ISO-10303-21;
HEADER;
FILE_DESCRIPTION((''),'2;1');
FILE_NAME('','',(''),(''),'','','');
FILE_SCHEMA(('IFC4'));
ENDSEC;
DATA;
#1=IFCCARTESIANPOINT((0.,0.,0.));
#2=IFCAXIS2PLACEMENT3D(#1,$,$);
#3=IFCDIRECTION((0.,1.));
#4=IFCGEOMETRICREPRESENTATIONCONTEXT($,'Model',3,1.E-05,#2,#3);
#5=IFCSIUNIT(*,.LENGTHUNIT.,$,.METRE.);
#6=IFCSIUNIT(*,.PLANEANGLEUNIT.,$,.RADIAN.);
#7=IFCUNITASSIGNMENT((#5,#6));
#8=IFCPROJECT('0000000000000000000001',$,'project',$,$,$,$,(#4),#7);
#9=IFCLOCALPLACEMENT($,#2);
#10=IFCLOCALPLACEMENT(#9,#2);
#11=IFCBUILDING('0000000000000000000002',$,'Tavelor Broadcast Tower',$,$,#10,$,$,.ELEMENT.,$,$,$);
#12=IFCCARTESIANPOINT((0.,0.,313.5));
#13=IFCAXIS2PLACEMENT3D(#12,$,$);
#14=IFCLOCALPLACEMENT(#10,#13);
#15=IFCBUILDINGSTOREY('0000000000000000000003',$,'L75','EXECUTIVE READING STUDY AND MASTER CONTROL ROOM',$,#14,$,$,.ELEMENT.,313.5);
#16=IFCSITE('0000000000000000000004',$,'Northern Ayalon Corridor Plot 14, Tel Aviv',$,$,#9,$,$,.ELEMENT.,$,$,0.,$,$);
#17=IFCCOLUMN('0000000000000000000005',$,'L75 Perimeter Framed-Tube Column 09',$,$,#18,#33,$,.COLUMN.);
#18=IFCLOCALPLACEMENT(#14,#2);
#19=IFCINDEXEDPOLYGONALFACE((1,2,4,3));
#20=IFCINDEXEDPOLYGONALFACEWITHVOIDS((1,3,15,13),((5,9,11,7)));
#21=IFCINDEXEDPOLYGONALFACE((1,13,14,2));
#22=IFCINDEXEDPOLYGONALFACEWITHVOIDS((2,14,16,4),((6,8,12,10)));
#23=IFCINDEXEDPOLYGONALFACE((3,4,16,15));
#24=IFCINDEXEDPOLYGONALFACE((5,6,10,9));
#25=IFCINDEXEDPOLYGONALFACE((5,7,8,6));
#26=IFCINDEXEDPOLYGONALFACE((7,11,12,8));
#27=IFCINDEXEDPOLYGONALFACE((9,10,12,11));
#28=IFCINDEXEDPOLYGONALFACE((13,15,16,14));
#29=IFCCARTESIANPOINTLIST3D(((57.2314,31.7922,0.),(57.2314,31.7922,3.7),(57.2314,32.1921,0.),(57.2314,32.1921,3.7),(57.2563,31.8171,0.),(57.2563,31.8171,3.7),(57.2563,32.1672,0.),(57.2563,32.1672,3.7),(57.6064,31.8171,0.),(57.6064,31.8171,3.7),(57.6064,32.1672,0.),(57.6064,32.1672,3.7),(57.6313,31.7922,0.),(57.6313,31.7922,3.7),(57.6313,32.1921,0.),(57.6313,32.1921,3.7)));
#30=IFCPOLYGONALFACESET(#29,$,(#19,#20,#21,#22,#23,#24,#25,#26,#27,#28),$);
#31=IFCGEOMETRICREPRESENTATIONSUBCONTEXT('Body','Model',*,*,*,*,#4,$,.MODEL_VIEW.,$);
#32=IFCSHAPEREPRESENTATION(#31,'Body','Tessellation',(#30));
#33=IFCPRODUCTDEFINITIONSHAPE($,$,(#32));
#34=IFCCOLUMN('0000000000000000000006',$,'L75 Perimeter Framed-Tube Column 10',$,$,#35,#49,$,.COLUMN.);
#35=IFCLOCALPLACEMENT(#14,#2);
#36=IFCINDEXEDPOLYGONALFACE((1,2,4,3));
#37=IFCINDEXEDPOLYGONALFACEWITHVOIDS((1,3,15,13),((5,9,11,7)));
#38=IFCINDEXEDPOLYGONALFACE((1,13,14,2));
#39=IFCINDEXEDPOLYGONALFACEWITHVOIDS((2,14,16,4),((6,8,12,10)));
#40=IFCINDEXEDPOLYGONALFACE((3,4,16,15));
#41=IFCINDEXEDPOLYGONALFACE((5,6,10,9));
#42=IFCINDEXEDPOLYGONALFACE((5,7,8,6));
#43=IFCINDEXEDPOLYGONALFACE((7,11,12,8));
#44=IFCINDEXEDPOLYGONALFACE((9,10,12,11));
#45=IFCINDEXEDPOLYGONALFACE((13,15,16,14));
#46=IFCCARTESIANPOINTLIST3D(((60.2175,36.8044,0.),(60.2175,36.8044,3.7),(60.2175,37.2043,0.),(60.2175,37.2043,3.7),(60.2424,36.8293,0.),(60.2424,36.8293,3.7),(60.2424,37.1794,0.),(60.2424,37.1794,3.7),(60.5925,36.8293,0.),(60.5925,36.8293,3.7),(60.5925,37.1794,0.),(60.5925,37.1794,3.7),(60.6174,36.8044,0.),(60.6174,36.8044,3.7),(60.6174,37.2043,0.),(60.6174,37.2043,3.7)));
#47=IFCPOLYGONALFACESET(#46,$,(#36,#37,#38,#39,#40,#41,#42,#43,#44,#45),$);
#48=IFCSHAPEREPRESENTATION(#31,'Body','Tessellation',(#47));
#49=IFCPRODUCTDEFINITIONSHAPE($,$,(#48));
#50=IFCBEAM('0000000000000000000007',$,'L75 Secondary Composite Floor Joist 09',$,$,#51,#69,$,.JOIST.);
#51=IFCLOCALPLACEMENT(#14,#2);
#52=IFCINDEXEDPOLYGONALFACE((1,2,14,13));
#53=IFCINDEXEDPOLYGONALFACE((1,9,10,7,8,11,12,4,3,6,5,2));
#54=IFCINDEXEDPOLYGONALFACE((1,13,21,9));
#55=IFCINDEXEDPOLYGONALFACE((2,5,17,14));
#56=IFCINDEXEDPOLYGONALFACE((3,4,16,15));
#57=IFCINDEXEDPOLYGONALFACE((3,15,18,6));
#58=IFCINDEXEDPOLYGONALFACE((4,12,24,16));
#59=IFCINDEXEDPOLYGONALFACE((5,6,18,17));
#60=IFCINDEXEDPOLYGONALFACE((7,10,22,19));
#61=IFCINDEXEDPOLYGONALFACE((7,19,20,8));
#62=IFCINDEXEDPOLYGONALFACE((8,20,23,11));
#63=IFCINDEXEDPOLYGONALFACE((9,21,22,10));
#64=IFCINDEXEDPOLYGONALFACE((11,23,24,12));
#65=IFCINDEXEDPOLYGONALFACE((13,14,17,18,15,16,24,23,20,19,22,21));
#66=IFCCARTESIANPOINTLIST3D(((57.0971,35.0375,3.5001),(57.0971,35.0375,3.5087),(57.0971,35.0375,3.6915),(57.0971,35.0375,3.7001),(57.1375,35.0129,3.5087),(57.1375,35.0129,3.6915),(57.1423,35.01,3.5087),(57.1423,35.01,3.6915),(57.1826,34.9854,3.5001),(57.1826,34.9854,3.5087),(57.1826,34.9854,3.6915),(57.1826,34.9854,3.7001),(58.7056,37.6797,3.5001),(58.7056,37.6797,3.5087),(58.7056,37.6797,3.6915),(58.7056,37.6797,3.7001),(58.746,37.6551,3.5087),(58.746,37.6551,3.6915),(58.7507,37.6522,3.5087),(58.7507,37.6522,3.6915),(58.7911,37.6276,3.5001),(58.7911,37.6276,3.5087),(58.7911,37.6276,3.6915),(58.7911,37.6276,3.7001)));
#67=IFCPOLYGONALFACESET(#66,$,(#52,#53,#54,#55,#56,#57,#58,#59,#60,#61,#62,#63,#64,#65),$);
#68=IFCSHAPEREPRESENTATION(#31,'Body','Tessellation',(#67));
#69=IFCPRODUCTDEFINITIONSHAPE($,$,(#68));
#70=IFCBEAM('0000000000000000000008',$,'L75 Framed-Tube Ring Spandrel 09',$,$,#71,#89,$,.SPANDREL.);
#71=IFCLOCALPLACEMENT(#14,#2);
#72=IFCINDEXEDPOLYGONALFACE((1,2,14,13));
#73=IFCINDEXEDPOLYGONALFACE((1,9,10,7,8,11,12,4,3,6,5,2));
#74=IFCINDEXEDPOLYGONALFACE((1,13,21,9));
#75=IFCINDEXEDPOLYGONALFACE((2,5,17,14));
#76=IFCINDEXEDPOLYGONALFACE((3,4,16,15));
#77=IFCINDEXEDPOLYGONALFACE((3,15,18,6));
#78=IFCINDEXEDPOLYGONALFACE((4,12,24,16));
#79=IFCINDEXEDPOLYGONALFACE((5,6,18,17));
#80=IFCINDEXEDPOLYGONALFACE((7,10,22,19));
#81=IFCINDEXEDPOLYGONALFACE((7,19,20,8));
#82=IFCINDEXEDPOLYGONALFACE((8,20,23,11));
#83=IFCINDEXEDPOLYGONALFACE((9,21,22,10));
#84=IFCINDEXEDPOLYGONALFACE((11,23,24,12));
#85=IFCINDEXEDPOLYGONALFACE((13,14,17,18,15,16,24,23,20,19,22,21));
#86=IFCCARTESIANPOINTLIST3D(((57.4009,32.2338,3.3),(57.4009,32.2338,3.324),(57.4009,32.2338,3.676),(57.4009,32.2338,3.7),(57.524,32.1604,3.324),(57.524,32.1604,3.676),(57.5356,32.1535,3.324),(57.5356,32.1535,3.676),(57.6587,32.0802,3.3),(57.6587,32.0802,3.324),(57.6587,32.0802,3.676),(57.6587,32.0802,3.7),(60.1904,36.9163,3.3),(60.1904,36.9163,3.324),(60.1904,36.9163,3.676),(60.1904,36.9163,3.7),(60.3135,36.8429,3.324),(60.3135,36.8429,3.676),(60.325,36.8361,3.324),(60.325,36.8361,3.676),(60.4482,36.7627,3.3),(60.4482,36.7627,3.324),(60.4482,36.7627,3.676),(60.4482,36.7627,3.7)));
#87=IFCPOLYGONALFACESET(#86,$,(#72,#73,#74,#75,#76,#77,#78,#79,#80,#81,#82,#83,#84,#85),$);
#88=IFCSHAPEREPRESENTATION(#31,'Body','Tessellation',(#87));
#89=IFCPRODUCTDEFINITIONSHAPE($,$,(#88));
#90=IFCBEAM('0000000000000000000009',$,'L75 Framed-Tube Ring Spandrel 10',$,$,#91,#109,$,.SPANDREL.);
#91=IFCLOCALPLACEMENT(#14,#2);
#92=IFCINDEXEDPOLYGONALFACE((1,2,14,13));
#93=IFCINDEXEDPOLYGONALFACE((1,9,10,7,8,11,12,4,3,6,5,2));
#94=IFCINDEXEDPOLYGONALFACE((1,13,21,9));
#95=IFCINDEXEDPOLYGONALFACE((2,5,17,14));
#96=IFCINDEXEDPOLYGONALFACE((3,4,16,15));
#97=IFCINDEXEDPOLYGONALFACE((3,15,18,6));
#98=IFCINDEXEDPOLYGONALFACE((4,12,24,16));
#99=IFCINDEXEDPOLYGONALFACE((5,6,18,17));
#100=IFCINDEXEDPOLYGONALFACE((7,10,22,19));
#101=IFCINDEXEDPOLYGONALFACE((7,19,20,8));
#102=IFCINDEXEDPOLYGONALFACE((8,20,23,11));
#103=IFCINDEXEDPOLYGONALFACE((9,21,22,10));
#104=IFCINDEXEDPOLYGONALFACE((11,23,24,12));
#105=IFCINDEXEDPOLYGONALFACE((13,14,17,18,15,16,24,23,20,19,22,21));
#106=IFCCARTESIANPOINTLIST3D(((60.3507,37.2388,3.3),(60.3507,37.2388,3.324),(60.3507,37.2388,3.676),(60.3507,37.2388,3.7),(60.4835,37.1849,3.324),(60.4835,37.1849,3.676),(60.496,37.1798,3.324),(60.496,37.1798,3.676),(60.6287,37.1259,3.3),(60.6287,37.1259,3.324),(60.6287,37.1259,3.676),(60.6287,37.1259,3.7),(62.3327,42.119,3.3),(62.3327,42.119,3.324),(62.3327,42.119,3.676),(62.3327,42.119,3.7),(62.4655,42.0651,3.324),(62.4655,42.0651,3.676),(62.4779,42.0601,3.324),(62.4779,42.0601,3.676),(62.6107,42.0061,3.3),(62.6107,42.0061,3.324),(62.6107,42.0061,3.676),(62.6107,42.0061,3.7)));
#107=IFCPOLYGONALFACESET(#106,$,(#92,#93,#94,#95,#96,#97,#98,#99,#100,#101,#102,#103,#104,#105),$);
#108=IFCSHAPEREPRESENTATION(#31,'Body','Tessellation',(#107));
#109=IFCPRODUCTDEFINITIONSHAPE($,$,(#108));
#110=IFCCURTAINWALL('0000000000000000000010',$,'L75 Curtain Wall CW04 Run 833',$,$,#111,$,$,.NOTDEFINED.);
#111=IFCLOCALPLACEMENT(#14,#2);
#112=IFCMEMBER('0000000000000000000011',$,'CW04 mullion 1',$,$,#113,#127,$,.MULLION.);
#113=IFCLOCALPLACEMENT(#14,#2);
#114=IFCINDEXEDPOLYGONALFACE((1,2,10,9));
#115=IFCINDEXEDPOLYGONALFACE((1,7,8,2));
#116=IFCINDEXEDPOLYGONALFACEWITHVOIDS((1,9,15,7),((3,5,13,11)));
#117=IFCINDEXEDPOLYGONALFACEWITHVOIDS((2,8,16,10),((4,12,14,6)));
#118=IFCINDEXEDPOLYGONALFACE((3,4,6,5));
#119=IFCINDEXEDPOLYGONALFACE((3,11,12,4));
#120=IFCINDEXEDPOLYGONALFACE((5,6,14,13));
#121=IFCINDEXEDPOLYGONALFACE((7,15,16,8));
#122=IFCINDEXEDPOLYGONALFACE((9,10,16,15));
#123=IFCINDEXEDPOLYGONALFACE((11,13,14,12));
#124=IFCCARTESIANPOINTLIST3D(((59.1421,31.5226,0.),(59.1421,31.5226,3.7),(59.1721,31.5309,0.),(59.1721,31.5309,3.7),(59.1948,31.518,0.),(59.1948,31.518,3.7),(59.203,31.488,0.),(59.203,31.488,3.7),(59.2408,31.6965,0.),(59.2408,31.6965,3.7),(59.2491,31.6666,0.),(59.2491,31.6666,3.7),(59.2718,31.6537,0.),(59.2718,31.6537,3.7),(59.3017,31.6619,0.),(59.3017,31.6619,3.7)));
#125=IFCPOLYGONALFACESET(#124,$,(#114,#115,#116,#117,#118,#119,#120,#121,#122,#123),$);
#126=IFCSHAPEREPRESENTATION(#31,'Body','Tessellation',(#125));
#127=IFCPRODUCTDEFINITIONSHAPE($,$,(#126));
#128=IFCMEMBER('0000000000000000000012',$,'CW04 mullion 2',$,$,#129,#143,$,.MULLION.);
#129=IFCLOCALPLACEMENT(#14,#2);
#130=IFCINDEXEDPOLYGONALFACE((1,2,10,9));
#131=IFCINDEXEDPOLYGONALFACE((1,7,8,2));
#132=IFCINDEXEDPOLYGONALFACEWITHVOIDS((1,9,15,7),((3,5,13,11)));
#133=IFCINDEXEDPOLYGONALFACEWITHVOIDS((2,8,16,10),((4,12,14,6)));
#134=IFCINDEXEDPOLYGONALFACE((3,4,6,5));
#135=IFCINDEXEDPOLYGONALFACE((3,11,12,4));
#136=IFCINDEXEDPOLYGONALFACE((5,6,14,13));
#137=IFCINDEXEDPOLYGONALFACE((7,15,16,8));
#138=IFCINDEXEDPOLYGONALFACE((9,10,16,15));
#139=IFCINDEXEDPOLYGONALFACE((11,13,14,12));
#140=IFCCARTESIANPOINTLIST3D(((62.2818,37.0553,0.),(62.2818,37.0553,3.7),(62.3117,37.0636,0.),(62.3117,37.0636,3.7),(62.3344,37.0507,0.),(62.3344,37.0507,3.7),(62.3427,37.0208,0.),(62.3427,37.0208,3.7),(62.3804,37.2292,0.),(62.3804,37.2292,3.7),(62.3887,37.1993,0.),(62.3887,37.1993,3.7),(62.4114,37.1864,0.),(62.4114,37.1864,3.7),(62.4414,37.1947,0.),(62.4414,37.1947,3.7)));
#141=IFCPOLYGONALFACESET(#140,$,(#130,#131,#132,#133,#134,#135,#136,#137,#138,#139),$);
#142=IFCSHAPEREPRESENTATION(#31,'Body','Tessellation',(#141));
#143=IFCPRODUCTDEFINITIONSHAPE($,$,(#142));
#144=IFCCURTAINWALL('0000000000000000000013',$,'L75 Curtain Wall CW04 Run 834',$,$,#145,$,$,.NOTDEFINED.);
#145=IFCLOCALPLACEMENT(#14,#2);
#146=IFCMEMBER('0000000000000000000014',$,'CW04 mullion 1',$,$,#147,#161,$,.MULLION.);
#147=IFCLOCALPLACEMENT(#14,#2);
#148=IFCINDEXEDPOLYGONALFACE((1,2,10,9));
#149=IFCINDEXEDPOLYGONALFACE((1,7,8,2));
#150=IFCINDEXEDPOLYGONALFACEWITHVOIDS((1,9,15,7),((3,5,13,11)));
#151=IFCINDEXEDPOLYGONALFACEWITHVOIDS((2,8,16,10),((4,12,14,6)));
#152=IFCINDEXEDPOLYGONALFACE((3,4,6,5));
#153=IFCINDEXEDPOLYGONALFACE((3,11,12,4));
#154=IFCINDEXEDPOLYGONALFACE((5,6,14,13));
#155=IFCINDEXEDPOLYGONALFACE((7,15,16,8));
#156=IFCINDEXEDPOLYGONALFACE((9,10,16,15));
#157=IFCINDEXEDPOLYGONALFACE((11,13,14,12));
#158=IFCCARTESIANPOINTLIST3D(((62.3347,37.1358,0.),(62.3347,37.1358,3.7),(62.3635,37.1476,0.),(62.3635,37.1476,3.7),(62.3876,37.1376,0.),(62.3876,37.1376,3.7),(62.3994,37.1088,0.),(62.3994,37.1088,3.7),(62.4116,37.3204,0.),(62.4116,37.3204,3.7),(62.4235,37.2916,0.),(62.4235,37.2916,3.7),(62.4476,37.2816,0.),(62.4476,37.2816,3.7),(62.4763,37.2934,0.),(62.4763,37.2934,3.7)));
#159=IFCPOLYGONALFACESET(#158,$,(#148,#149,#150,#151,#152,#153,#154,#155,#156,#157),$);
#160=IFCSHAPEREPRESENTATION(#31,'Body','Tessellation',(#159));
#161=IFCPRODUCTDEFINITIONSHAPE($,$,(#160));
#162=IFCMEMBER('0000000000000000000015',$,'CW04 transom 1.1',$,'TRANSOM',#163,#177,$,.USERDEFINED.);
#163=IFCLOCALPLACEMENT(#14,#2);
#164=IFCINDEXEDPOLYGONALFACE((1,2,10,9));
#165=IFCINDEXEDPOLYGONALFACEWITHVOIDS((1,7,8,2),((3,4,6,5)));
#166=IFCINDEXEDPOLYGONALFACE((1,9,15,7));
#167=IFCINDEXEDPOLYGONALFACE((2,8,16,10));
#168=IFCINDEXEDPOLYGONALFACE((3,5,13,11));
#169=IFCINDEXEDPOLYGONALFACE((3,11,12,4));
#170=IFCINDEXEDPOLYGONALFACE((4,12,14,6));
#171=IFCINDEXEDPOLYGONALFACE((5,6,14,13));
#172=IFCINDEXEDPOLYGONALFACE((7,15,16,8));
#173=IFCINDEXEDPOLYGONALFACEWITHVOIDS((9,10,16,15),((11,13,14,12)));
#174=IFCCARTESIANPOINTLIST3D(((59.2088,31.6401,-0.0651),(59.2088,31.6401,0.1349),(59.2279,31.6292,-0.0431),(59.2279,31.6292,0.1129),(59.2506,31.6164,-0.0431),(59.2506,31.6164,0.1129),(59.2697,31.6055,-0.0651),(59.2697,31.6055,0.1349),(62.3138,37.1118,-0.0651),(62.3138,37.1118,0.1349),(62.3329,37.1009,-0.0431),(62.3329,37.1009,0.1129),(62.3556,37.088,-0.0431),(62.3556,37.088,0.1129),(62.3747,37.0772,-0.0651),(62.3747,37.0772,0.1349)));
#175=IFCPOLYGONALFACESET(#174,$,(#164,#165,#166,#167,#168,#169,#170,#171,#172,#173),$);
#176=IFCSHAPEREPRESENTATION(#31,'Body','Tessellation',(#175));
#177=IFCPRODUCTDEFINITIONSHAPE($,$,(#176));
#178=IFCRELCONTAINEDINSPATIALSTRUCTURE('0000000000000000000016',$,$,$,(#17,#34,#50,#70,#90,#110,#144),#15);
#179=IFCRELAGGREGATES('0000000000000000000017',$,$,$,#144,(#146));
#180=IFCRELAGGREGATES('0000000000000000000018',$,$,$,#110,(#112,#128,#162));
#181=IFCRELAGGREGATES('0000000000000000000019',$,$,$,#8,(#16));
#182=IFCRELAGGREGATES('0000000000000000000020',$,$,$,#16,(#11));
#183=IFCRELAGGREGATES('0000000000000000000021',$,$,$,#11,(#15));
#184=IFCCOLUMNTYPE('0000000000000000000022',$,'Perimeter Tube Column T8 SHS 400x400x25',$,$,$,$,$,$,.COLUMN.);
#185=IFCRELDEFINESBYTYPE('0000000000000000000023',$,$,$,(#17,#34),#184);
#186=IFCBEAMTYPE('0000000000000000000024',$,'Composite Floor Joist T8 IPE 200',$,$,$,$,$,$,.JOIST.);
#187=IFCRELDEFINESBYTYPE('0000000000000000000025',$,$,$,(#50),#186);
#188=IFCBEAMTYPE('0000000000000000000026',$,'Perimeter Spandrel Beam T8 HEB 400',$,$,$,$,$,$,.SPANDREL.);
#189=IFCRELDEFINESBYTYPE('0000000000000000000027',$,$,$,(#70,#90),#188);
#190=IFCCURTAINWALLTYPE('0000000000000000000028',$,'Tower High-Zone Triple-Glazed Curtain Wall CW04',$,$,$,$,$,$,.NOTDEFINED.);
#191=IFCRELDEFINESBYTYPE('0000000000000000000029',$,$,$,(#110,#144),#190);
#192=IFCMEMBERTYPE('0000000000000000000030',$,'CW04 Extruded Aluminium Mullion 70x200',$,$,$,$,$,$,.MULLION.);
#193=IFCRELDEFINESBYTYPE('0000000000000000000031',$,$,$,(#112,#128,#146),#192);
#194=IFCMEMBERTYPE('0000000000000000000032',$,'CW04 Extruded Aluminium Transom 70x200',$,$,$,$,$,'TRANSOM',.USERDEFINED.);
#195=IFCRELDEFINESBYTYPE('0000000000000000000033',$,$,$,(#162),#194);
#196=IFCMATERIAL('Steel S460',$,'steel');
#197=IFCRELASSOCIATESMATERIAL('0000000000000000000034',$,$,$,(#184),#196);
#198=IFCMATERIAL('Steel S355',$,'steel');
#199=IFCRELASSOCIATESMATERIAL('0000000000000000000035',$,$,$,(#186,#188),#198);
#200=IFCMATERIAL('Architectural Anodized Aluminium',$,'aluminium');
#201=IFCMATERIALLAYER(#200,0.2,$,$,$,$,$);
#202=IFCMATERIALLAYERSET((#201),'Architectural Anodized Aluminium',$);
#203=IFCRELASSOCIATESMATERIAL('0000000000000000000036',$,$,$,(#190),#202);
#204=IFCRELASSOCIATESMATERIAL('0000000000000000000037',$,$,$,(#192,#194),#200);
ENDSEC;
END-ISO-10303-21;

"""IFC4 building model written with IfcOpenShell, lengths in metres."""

from ifc_helpers import new_model, si_unit, direction, frame, origin, origin_2d, place, context, subcontext, project, spatial, hollow_rectangle, i_section, extrude, source, transform, mapped, material, layer, layer_set, material_profile, profile_set, type_object, type_shapes, element, aggregate, save


model = new_model("IFC4")

# Units and contexts
model_context = context("Model", 3, precision=1e-05, world=origin(), true_north=direction((0.0, 1.0)))
body_context = subcontext(model_context, "Body", "Model", "MODEL_VIEW")
ifc_project = project(units=[si_unit("LENGTHUNIT", "METRE"), si_unit("PLANEANGLEUNIT", "RADIAN")], contexts=[model_context])

# Site, building, storey
site_placement = place(None, origin())
site = spatial("IfcSite", under=ifc_project, at=site_placement, Name="Northern Ayalon Corridor Plot 14, Tel Aviv", CompositionType="ELEMENT", RefElevation=0.0)
building_placement = place(site_placement, origin())
building = spatial("IfcBuilding", under=site, at=building_placement, Name="Tavelor Broadcast Tower", CompositionType="ELEMENT")
storey_placement = place(building_placement, frame((0.0, 0.0, 313.5)))
storey = spatial("IfcBuildingStorey", under=building, at=storey_placement, Name="L75", Description="EXECUTIVE READING STUDY AND MASTER CONTROL ROOM", CompositionType="ELEMENT", Elevation=313.5)

# Columns
ifc_material_1 = material(Name="Steel S460", Category="steel")
ifc_material_profile_1 = material_profile(ifc_material_1, hollow_rectangle(XDim=0.3999, YDim=0.3999, WallThickness=0.0249, at=origin_2d()), Name="SHS 400x400x25")
ifc_profile_set_1 = profile_set([ifc_material_profile_1], Name="Steel S460")
column_type = type_object("IfcColumnType", Name="Perimeter Tube Column T8 SHS 400x400x25", PredefinedType="COLUMN", material=ifc_profile_set_1)
for number, where, z_axis, x_axis, name in (
    (1, (57.4314, 31.9922, 0.0), (0.0, 0.0, 1.0), (1.0, 0.0, 0.0), "L75 Perimeter Framed-Tube Column 09"),
    (2, (60.4175, 37.0044, 0.0), (0.0, 0.0, 1.0), (1.0, 0.0, 0.0), "L75 Perimeter Framed-Tube Column 10"),
):
    element("IfcColumn", number, at=place(storey_placement, frame(where, z_axis=z_axis, x_axis=x_axis)), inside=storey, type_object=column_type, Name=name, PredefinedType="COLUMN", context=body_context, shape_type="SweptSolid", body=[
        extrude(hollow_rectangle(XDim=0.3999, YDim=0.3999, WallThickness=0.0249, at=origin_2d()), origin(), (0.0, 0.0, 1.0), 3.7),
    ])

# Beams
ifc_material_2 = material(Name="Steel S355", Category="steel")
ifc_material_profile_2 = material_profile(ifc_material_2, i_section(OverallWidth=0.1001, OverallDepth=0.2, WebThickness=0.0056, FlangeThickness=0.0085, at=origin_2d()), Name="IPE 200")
ifc_profile_set_2 = profile_set([ifc_material_profile_2], Name="Steel S355")
beam_type_1 = type_object("IfcBeamType", Name="Composite Floor Joist T8 IPE 200", PredefinedType="JOIST", material=ifc_profile_set_2)
beam_1_placement = place(storey_placement, frame((57.1399, 35.0115, 3.6001), z_axis=(0.519987, 0.854174, 0.0), x_axis=(-0.854174, 0.519987, 0.0)))
element("IfcBeam", 3, at=beam_1_placement, inside=storey, type_object=beam_type_1, Name="L75 Secondary Composite Floor Joist 09", PredefinedType="JOIST", context=body_context, shape_type="SweptSolid", body=[
    extrude(i_section(OverallWidth=0.1001, OverallDepth=0.2, WebThickness=0.0056, FlangeThickness=0.0085, at=origin_2d()), origin(), (0.0, 0.0, 1.0), 3.0933),
])
ifc_material_profile_3 = material_profile(ifc_material_2, i_section(OverallWidth=0.3, OverallDepth=0.3999, WebThickness=0.0134, FlangeThickness=0.0239, at=origin_2d()), Name="HEB 400")
ifc_profile_set_3 = profile_set([ifc_material_profile_3], Name="Steel S355")
beam_type_2 = type_object("IfcBeamType", Name="Perimeter Spandrel Beam T8 HEB 400", PredefinedType="SPANDREL", material=ifc_profile_set_3)
beam_2_placement = place(storey_placement, frame((57.5298, 32.157, 3.5), z_axis=(0.511793, 0.859109, 0.0), x_axis=(-0.859109, 0.511793, 0.0)))
element("IfcBeam", 4, at=beam_2_placement, inside=storey, type_object=beam_type_2, Name="L75 Framed-Tube Ring Spandrel 09", PredefinedType="SPANDREL", context=body_context, shape_type="SweptSolid", body=[
    extrude(i_section(OverallWidth=0.3, OverallDepth=0.3999, WebThickness=0.0134, FlangeThickness=0.0239, at=origin_2d()), origin(), (0.0, 0.0, 1.0), 5.4504),
])
beam_3_placement = place(storey_placement, frame((60.4897, 37.1824, 3.5), z_axis=(0.376276, 0.926507, 0.0), x_axis=(-0.926507, 0.376276, 0.0)))
element("IfcBeam", 5, at=beam_3_placement, inside=storey, type_object=beam_type_2, Name="L75 Framed-Tube Ring Spandrel 10", PredefinedType="SPANDREL", context=body_context, shape_type="SweptSolid", body=[
    extrude(i_section(OverallWidth=0.3, OverallDepth=0.3999, WebThickness=0.0134, FlangeThickness=0.0239, at=origin_2d()), origin(), (0.0, 0.0, 1.0), 5.2673),
])

# Curtain wall, members
ifc_material_3 = material(Name="Architectural Anodized Aluminium", Category="aluminium")
ifc_layer_1 = layer(ifc_material_3, 0.2)
ifc_layer_set_1 = layer_set([ifc_layer_1], Name="Architectural Anodized Aluminium")
curtain_wall_type = type_object("IfcCurtainWallType", Name="Tower High-Zone Triple-Glazed Curtain Wall CW04", PredefinedType="NOTDEFINED", material=ifc_layer_set_1)
curtain_wall_1_placement = place(storey_placement, origin())
curtain_wall_1 = element("IfcCurtainWall", 6, at=curtain_wall_1_placement, inside=storey, type_object=curtain_wall_type, Name="L75 Curtain Wall CW04 Run 833", PredefinedType="NOTDEFINED")
ifc_material_profile_4 = material_profile(ifc_material_3, hollow_rectangle(XDim=0.0701, YDim=0.2, WallThickness=0.022, at=origin_2d()), Name="RHS 70x200x22")
ifc_profile_set_4 = profile_set([ifc_material_profile_4], Name="Architectural Anodized Aluminium")
member_type_1 = type_object("IfcMemberType", Name="CW04 Extruded Aluminium Mullion 70x200", PredefinedType="MULLION", material=ifc_profile_set_4)
shared_shape_1 = source(origin(), body_context, "Body", "SweptSolid", [
    extrude(hollow_rectangle(XDim=0.0701, YDim=0.2, WallThickness=0.022, at=origin_2d()), origin(), (0.0, 0.0, 1.0), 3.7),
])
type_shapes(member_type_1, [shared_shape_1])
member_1_placement = place(storey_placement, frame((59.2219, 31.5923, 0.0), z_axis=(0.0, 0.0, 1.0), x_axis=(-0.869712, 0.49356, 0.0)))
member_1 = element("IfcMember", 7, at=member_1_placement, type_object=member_type_1, Name="CW04 mullion 1", PredefinedType="MULLION", context=body_context, shape_type="MappedRepresentation", body=[
    mapped(shared_shape_1, transform((0.0, 0.0, 0.0), scale=1.0)),
])
member_2_placement = place(storey_placement, frame((62.3616, 37.125, 0.0), z_axis=(0.0, 0.0, 1.0), x_axis=(-0.869712, 0.49356, 0.0)))
member_2 = element("IfcMember", 8, at=member_2_placement, type_object=member_type_1, Name="CW04 mullion 2", PredefinedType="MULLION", context=body_context, shape_type="MappedRepresentation", body=[
    mapped(shared_shape_1, transform((0.0, 0.0, 0.0), scale=1.0)),
])

# Curtain wall, member
curtain_wall_2_placement = place(storey_placement, origin())
curtain_wall_2 = element("IfcCurtainWall", 9, at=curtain_wall_2_placement, inside=storey, type_object=curtain_wall_type, Name="L75 Curtain Wall CW04 Run 834", PredefinedType="NOTDEFINED")
member_3_placement = place(storey_placement, frame((62.4055, 37.2146, 0.0), z_axis=(0.0, 0.0, 1.0), x_axis=(-0.923044, 0.384694, 0.0)))
member_3 = element("IfcMember", 10, at=member_3_placement, type_object=member_type_1, Name="CW04 mullion 1", PredefinedType="MULLION", context=body_context, shape_type="MappedRepresentation", body=[
    mapped(shared_shape_1, transform((0.0, 0.0, 0.0), scale=1.0)),
])
aggregate(curtain_wall_2, [member_3])

# Member
ifc_material_profile_5 = material_profile(ifc_material_3, hollow_rectangle(XDim=0.0701, YDim=0.2, WallThickness=0.022, at=origin_2d()), Name="RHS 70x200x22")
ifc_profile_set_5 = profile_set([ifc_material_profile_5], Name="Architectural Anodized Aluminium")
member_type_2 = type_object("IfcMemberType", Name="CW04 Extruded Aluminium Transom 70x200", ElementType="TRANSOM", PredefinedType="USERDEFINED", material=ifc_profile_set_5)
shared_shape_2 = source(origin(), body_context, "Body", "SweptSolid", [
    extrude(hollow_rectangle(XDim=0.0701, YDim=0.2, WallThickness=0.022, at=origin_2d()), origin(), (0.0, 0.0, 1.0), 6.2913),
])
type_shapes(member_type_2, [shared_shape_2])
member_4_placement = place(storey_placement, frame((59.2393, 31.6228, 0.0349), z_axis=(0.493537, 0.869725, 0.0), x_axis=(-0.869725, 0.493537, 0.0)))
member_4 = element("IfcMember", 11, at=member_4_placement, type_object=member_type_2, Name="CW04 transom 1.1", ObjectType="TRANSOM", PredefinedType="USERDEFINED", context=body_context, shape_type="MappedRepresentation", body=[
    mapped(shared_shape_2, transform((0.0, 0.0, 0.0), scale=1.0)),
])

aggregate(curtain_wall_1, [member_1, member_2, member_4])

save(model, "model.ifc")
